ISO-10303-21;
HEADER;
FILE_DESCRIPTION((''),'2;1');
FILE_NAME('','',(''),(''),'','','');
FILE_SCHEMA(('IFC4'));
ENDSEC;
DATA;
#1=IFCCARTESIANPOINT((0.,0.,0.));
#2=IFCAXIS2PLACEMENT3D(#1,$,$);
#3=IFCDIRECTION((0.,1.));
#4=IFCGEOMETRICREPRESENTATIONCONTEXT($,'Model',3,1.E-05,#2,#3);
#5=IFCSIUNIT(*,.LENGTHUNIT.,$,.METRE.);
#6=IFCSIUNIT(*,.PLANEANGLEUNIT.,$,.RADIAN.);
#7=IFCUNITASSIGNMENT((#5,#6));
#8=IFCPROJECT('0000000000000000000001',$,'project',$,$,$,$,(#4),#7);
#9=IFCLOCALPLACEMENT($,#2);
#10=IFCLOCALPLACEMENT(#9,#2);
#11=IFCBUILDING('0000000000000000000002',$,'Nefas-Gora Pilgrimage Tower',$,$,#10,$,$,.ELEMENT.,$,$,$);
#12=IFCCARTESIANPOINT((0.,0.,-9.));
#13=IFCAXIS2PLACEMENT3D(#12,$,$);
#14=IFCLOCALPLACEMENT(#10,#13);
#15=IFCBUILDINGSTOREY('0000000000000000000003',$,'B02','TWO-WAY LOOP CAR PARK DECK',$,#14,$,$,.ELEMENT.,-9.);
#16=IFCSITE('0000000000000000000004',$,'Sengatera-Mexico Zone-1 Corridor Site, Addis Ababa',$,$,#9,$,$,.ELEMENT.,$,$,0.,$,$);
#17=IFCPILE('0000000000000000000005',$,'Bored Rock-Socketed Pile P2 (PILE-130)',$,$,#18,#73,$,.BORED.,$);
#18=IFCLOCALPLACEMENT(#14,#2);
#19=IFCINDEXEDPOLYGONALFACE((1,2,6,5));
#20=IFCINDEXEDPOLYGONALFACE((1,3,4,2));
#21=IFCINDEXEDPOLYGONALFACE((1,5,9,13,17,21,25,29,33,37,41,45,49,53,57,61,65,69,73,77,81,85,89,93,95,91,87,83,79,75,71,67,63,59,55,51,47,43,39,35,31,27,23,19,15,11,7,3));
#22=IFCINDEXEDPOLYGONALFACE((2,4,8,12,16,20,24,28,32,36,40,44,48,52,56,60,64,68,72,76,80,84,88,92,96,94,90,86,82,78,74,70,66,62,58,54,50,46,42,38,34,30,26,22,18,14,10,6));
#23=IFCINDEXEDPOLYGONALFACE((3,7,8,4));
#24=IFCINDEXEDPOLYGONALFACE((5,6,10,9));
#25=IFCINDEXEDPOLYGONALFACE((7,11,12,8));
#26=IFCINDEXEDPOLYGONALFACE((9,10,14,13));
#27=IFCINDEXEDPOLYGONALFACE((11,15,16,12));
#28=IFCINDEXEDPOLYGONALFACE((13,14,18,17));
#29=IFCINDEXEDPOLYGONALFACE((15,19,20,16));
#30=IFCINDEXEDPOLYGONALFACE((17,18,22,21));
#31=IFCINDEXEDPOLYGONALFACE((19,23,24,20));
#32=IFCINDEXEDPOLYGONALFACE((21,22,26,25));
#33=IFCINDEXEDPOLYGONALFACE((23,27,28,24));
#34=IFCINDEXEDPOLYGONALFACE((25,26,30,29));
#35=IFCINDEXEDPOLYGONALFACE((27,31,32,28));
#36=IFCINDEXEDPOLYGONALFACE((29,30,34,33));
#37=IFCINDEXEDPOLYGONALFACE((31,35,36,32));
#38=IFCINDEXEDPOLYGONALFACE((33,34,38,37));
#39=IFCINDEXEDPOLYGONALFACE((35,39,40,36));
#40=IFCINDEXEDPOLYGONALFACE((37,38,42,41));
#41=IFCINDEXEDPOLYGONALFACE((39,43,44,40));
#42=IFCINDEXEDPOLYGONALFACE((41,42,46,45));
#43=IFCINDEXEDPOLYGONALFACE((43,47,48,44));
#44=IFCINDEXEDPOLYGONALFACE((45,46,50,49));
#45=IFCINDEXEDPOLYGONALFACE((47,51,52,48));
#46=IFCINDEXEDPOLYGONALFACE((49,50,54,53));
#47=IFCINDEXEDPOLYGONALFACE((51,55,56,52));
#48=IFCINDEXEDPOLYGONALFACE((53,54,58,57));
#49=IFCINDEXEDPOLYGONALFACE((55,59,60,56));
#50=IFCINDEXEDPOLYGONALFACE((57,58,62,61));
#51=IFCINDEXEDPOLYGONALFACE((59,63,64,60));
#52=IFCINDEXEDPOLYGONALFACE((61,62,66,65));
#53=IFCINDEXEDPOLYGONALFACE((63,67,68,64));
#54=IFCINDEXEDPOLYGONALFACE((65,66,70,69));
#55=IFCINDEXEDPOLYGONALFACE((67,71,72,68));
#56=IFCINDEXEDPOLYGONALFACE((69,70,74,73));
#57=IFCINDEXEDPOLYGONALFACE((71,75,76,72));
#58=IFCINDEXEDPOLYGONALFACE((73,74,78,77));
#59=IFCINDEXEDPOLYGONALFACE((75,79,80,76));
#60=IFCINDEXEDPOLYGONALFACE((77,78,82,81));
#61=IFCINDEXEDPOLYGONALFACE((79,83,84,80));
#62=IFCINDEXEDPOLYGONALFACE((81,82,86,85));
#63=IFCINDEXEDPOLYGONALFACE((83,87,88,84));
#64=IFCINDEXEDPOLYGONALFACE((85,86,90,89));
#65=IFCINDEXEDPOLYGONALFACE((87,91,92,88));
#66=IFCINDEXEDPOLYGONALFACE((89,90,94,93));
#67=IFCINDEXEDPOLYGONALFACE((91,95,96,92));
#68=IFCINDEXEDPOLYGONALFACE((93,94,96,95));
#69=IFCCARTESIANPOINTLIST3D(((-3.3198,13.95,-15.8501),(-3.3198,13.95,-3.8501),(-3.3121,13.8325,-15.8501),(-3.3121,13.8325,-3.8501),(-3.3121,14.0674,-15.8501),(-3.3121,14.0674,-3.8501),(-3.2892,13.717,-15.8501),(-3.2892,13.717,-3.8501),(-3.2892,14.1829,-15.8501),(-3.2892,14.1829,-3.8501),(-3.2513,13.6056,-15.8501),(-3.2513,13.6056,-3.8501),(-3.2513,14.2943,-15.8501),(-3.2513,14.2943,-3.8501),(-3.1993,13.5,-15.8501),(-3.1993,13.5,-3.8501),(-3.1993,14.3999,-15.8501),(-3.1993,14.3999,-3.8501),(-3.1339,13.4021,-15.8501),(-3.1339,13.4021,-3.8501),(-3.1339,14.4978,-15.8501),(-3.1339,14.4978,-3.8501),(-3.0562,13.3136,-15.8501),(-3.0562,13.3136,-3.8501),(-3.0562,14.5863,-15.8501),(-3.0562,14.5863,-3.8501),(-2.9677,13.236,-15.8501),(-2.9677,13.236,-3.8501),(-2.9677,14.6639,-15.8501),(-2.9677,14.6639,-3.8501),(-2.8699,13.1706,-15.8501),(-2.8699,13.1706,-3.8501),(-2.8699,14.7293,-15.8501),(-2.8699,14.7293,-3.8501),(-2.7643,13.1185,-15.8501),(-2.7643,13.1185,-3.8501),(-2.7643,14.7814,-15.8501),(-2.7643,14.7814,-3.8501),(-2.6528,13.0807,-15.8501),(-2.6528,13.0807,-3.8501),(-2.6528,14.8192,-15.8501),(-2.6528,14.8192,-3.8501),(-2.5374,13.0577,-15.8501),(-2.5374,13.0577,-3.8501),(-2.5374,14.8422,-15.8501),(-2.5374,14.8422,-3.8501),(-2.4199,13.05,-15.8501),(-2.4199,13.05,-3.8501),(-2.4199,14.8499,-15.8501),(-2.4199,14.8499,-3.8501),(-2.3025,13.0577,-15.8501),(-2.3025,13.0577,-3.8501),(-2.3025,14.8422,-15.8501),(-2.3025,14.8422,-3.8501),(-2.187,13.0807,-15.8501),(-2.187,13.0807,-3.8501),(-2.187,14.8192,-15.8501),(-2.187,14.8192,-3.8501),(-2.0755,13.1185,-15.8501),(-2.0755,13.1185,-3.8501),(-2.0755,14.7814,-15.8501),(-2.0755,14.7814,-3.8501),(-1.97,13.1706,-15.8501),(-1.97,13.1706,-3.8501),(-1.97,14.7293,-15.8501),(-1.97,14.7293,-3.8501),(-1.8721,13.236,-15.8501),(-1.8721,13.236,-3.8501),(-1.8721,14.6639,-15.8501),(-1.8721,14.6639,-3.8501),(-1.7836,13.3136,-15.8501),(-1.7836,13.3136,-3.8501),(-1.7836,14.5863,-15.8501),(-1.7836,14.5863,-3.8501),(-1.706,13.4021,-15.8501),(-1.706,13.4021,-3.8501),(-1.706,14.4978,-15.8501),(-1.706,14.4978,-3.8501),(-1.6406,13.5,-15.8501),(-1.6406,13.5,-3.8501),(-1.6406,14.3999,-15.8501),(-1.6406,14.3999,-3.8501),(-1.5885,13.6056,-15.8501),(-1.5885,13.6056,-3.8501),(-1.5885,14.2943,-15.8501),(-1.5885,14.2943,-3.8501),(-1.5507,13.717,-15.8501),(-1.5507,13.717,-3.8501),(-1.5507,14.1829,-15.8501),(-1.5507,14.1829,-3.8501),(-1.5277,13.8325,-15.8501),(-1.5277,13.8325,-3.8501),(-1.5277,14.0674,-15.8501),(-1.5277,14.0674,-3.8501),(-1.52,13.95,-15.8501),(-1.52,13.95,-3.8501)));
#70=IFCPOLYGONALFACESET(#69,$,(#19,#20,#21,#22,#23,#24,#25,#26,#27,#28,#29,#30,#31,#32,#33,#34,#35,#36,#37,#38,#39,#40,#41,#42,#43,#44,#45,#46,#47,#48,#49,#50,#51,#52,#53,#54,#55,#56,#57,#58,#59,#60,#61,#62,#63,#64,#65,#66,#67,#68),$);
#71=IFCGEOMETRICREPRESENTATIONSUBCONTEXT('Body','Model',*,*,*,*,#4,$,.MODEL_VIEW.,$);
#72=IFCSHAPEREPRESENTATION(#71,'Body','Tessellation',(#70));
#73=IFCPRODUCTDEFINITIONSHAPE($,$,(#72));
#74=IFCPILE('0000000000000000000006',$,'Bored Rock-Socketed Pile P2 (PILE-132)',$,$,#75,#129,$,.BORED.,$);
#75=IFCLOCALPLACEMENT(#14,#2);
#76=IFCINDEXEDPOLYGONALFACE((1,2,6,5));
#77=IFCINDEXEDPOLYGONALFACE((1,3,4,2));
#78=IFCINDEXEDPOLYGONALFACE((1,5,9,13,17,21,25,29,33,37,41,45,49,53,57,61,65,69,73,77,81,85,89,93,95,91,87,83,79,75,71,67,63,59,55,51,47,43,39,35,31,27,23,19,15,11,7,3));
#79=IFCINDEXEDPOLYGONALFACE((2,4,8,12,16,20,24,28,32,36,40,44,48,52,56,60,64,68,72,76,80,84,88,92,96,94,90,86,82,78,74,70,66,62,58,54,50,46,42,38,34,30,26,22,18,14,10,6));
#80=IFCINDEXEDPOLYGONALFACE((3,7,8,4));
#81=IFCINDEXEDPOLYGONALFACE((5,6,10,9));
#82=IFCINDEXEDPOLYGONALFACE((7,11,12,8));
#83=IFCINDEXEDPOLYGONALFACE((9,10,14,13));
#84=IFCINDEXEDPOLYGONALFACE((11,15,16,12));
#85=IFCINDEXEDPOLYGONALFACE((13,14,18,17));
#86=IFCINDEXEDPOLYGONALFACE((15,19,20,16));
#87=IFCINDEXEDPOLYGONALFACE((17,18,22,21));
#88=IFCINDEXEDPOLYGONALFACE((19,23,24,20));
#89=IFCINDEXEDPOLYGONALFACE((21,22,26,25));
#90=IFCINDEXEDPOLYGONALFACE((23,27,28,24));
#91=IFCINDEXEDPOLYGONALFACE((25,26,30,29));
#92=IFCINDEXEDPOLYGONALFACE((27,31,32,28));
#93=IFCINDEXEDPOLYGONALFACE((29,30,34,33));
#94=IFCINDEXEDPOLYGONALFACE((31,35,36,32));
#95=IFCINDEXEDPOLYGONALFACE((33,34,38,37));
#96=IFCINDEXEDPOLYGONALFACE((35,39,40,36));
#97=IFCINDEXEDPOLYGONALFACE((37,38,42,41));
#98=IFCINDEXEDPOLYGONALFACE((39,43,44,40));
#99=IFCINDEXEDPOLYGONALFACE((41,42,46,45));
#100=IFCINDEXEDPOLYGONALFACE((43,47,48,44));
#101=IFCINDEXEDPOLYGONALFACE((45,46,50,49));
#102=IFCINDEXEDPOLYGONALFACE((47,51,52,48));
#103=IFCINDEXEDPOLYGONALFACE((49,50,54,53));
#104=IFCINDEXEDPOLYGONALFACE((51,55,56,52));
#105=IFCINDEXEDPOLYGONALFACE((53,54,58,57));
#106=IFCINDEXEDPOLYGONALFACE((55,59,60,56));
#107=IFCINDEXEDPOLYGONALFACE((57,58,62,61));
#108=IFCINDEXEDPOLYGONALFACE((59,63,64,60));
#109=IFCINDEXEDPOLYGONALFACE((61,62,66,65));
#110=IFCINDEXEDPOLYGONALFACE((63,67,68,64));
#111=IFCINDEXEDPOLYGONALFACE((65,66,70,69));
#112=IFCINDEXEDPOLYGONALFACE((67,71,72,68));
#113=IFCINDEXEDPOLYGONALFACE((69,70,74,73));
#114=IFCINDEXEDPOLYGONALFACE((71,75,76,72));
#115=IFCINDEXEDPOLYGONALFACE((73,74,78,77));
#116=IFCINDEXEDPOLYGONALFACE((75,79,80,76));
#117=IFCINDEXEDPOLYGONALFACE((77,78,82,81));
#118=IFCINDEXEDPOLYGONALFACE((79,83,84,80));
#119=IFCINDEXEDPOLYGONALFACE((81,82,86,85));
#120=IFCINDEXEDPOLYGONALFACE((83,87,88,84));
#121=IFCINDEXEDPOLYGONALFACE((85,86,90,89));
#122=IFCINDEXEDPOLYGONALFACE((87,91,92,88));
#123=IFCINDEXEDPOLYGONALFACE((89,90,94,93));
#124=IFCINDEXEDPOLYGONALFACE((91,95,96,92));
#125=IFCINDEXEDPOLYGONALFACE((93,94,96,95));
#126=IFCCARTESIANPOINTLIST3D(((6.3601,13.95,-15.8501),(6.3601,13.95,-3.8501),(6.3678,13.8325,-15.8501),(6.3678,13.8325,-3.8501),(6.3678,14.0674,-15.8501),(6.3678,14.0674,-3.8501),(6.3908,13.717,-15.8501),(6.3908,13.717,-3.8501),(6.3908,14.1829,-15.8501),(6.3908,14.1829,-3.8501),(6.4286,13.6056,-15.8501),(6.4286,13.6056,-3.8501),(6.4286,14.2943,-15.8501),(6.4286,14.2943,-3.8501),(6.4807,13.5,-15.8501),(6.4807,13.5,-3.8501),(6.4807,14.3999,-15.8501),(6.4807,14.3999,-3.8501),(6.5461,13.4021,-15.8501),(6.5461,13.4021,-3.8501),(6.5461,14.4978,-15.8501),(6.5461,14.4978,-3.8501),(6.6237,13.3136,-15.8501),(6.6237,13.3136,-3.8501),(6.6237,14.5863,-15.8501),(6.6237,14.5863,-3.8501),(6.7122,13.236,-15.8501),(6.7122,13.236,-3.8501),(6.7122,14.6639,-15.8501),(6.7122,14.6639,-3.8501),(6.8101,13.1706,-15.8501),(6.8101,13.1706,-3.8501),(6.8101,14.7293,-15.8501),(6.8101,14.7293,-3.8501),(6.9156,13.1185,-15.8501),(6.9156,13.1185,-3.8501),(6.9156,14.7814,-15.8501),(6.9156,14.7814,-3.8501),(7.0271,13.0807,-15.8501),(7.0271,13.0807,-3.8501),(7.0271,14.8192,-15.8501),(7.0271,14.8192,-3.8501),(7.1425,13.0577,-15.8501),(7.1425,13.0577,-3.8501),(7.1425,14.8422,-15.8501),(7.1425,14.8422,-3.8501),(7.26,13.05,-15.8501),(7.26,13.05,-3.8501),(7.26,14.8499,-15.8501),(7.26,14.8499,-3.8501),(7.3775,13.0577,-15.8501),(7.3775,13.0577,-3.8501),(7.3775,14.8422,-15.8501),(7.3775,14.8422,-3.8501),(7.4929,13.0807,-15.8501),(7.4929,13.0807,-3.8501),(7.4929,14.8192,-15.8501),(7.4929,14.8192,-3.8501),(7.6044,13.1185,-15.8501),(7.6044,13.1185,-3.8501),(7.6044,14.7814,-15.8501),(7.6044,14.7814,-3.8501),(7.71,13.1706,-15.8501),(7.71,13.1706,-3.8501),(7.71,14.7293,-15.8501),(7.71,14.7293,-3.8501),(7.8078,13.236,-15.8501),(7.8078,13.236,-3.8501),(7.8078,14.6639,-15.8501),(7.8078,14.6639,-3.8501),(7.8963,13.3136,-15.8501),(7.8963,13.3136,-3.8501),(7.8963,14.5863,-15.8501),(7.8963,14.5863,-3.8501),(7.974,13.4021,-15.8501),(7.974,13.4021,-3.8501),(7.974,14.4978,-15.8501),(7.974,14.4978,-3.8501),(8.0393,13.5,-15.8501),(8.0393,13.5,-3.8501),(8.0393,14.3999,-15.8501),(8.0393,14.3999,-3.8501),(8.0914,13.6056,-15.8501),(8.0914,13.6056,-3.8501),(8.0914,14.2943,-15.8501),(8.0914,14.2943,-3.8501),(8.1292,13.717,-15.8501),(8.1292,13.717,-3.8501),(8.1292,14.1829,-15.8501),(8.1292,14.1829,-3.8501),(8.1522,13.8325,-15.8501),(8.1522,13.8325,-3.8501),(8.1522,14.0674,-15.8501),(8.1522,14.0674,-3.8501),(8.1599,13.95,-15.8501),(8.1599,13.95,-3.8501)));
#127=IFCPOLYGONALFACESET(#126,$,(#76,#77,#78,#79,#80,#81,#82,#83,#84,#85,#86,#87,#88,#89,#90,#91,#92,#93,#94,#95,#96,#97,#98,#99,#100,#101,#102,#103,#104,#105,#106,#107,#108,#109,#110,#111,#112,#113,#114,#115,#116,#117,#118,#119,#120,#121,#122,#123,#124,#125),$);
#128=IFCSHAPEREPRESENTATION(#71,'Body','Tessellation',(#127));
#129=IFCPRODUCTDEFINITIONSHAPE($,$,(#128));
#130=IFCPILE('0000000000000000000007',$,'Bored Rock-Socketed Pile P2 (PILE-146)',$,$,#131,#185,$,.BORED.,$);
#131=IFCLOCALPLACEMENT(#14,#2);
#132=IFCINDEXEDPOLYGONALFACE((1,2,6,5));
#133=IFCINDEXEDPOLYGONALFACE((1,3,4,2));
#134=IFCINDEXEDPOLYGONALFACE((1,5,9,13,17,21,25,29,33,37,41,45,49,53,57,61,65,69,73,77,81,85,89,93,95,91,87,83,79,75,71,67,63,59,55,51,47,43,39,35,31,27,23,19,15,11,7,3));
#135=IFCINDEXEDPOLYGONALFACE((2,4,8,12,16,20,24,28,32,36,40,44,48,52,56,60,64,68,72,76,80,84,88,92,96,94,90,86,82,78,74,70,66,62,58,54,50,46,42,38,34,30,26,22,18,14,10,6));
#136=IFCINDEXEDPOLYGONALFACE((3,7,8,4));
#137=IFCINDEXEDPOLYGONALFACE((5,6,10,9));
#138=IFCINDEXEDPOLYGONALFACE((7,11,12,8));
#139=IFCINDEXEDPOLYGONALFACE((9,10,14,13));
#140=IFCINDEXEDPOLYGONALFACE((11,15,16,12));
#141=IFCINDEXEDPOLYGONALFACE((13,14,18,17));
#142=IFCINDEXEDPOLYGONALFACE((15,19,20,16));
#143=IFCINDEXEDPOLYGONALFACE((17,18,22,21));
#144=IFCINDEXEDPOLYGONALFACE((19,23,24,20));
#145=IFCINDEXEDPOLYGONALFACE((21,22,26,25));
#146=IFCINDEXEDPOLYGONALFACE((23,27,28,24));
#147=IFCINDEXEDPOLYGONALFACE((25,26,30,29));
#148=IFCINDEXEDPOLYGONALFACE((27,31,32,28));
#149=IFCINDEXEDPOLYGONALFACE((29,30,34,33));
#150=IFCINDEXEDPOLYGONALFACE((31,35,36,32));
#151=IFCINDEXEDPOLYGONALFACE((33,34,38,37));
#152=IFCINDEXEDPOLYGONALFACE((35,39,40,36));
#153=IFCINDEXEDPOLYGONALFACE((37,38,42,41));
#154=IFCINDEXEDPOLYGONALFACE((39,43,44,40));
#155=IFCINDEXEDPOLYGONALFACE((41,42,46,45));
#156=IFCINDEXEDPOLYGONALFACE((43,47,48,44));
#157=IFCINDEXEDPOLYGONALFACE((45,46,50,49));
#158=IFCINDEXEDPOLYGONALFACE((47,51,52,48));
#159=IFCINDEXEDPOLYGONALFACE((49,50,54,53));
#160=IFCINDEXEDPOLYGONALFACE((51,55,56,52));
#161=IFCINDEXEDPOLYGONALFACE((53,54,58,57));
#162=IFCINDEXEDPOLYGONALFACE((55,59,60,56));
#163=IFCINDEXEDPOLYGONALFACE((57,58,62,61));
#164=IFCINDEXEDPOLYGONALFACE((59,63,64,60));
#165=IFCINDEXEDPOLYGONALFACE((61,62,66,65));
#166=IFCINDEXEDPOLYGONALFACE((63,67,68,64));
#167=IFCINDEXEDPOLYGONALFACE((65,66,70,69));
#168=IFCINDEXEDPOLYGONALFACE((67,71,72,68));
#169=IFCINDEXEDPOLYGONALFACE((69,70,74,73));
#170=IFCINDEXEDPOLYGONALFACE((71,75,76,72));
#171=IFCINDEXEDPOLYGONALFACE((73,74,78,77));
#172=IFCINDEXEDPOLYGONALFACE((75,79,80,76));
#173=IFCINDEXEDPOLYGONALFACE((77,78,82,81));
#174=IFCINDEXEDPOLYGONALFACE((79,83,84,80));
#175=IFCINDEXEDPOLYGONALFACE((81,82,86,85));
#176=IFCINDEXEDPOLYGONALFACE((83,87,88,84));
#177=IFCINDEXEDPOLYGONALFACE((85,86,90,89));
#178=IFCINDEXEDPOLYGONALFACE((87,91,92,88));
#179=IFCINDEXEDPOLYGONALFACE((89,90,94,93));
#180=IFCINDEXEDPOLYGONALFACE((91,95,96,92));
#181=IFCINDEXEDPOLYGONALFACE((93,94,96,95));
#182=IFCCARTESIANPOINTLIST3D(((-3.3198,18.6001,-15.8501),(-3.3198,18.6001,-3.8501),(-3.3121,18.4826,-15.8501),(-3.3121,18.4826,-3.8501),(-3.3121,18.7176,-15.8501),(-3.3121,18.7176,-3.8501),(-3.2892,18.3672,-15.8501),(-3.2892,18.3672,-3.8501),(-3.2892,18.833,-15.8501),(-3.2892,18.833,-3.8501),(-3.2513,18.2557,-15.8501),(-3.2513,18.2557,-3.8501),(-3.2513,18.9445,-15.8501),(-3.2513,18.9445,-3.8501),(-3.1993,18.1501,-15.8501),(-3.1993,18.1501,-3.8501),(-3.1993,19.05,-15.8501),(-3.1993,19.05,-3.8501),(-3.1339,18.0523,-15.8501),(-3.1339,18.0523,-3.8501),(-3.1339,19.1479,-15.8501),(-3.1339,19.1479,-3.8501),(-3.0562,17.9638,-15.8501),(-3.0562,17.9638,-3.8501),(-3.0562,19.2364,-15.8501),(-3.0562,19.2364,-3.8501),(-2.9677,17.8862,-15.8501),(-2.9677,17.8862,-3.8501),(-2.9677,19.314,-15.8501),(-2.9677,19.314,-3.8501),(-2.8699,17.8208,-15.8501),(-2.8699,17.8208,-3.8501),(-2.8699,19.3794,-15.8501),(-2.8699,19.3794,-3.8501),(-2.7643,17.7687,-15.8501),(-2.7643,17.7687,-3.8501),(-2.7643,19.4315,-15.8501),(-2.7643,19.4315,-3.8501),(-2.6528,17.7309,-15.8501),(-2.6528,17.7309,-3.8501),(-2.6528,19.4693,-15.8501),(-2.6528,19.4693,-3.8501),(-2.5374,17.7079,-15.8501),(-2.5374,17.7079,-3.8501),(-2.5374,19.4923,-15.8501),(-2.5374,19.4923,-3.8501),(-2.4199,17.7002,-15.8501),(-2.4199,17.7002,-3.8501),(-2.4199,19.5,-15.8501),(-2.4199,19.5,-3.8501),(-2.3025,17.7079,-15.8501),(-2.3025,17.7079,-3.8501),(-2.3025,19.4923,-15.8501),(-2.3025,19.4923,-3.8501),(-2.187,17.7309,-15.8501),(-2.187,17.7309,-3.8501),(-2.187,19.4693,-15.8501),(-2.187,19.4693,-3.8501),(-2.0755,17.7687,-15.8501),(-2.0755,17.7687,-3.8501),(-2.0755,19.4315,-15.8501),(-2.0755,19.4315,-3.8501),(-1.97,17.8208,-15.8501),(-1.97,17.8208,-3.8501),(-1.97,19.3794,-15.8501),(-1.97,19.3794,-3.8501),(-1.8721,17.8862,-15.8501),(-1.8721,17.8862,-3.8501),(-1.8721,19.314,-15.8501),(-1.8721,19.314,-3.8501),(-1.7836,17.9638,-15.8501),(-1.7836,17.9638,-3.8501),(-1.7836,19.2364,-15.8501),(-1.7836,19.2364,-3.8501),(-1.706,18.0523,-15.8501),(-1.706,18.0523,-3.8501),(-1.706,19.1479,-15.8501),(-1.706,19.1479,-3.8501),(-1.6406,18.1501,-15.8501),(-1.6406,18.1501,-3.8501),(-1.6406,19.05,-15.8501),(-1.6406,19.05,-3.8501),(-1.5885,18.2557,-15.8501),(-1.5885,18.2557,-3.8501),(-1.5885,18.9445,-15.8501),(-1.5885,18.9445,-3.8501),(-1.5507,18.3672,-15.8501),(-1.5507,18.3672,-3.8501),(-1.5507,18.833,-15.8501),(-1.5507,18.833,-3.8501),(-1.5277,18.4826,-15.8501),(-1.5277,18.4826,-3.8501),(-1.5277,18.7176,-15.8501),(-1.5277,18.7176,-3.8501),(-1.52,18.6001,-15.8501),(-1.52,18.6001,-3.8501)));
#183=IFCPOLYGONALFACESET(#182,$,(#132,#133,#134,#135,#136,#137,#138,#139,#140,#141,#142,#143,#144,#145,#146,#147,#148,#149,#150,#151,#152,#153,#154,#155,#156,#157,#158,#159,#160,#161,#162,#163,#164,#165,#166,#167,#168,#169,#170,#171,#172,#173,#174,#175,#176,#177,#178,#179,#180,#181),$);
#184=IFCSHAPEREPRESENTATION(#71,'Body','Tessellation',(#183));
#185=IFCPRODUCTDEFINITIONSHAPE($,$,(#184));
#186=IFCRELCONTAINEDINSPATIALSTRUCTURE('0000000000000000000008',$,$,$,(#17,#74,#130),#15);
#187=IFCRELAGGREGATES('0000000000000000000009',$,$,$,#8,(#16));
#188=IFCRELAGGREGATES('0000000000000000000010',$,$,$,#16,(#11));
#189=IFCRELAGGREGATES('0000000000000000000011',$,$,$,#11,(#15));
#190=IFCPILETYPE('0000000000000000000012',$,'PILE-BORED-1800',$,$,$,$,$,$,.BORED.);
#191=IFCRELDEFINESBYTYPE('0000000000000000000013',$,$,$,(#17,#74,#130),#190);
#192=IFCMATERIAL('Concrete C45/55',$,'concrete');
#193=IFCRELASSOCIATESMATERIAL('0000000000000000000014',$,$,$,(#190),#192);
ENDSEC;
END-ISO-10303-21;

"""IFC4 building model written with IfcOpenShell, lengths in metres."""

from ifc_helpers import new_model, si_unit, direction, frame, origin, origin_2d, place, context, subcontext, project, spatial, circle, extrude, source, transform, mapped, material, material_profile, profile_set, type_object, element, save


model = new_model("IFC4")

# Units and contexts
model_context = context("Model", 3, precision=1e-05, world=origin(), true_north=direction((0.0, 1.0)))
body_context = subcontext(model_context, "Body", "Model", "MODEL_VIEW")
ifc_project = project(units=[si_unit("LENGTHUNIT", "METRE"), si_unit("PLANEANGLEUNIT", "RADIAN")], contexts=[model_context])

# Site, building, storey
site_placement = place(None, origin())
site = spatial("IfcSite", under=ifc_project, at=site_placement, Name="Sengatera-Mexico Zone-1 Corridor Site, Addis Ababa", CompositionType="ELEMENT", RefElevation=0.0)
building_placement = place(site_placement, origin())
building = spatial("IfcBuilding", under=site, at=building_placement, Name="Nefas-Gora Pilgrimage Tower", CompositionType="ELEMENT")
storey_placement = place(building_placement, frame((0.0, 0.0, -9.0)))
storey = spatial("IfcBuildingStorey", under=building, at=storey_placement, Name="B02", Description="TWO-WAY LOOP CAR PARK DECK", CompositionType="ELEMENT", Elevation=-9.0)

# Piles
ifc_material_1 = material(Name="Concrete C45/55", Category="concrete")
ifc_material_profile_1 = material_profile(ifc_material_1, circle(Radius=0.8999, at=origin_2d()), Name="PILE D1800")
ifc_profile_set_1 = profile_set([ifc_material_profile_1], Name="Concrete C45/55")
pile_type_1 = type_object("IfcPileType", Name="PILE-BORED-1800", PredefinedType="BORED", material=ifc_profile_set_1)
shared_shape_1 = source(origin(), body_context, "Body", "SweptSolid", [
    extrude(circle(Radius=0.8999, at=origin_2d()), origin(), (0.0, 0.0, 1.0), 12.0),
])
for number, where, z_axis, x_axis, name in (
    (1, (-2.4199, 13.95, -3.8501), (0.0, 0.0, -1.0), (1.0, 0.0, 0.0), "Bored Rock-Socketed Pile P2 (PILE-130)"),
    (2, (7.26, 13.95, -3.8501), (0.0, 0.0, -1.0), (1.0, 0.0, 0.0), "Bored Rock-Socketed Pile P2 (PILE-132)"),
    (3, (-2.4199, 18.6001, -3.8501), (0.0, 0.0, -1.0), (1.0, 0.0, 0.0), "Bored Rock-Socketed Pile P2 (PILE-146)"),
):
    element("IfcPile", number, at=place(storey_placement, frame(where, z_axis=z_axis, x_axis=x_axis)), inside=storey, type_object=pile_type_1, Name=name, PredefinedType="BORED", context=body_context, shape_type="MappedRepresentation", body=[
        mapped(shared_shape_1, transform((0.0, 0.0, 0.0), x_axis=(1.0, 0.0, 0.0), y_axis=(0.0, 1.0, 0.0), z_axis=(0.0, 0.0, 1.0), scale=1.0)),
    ])

save(model, "model.ifc")
